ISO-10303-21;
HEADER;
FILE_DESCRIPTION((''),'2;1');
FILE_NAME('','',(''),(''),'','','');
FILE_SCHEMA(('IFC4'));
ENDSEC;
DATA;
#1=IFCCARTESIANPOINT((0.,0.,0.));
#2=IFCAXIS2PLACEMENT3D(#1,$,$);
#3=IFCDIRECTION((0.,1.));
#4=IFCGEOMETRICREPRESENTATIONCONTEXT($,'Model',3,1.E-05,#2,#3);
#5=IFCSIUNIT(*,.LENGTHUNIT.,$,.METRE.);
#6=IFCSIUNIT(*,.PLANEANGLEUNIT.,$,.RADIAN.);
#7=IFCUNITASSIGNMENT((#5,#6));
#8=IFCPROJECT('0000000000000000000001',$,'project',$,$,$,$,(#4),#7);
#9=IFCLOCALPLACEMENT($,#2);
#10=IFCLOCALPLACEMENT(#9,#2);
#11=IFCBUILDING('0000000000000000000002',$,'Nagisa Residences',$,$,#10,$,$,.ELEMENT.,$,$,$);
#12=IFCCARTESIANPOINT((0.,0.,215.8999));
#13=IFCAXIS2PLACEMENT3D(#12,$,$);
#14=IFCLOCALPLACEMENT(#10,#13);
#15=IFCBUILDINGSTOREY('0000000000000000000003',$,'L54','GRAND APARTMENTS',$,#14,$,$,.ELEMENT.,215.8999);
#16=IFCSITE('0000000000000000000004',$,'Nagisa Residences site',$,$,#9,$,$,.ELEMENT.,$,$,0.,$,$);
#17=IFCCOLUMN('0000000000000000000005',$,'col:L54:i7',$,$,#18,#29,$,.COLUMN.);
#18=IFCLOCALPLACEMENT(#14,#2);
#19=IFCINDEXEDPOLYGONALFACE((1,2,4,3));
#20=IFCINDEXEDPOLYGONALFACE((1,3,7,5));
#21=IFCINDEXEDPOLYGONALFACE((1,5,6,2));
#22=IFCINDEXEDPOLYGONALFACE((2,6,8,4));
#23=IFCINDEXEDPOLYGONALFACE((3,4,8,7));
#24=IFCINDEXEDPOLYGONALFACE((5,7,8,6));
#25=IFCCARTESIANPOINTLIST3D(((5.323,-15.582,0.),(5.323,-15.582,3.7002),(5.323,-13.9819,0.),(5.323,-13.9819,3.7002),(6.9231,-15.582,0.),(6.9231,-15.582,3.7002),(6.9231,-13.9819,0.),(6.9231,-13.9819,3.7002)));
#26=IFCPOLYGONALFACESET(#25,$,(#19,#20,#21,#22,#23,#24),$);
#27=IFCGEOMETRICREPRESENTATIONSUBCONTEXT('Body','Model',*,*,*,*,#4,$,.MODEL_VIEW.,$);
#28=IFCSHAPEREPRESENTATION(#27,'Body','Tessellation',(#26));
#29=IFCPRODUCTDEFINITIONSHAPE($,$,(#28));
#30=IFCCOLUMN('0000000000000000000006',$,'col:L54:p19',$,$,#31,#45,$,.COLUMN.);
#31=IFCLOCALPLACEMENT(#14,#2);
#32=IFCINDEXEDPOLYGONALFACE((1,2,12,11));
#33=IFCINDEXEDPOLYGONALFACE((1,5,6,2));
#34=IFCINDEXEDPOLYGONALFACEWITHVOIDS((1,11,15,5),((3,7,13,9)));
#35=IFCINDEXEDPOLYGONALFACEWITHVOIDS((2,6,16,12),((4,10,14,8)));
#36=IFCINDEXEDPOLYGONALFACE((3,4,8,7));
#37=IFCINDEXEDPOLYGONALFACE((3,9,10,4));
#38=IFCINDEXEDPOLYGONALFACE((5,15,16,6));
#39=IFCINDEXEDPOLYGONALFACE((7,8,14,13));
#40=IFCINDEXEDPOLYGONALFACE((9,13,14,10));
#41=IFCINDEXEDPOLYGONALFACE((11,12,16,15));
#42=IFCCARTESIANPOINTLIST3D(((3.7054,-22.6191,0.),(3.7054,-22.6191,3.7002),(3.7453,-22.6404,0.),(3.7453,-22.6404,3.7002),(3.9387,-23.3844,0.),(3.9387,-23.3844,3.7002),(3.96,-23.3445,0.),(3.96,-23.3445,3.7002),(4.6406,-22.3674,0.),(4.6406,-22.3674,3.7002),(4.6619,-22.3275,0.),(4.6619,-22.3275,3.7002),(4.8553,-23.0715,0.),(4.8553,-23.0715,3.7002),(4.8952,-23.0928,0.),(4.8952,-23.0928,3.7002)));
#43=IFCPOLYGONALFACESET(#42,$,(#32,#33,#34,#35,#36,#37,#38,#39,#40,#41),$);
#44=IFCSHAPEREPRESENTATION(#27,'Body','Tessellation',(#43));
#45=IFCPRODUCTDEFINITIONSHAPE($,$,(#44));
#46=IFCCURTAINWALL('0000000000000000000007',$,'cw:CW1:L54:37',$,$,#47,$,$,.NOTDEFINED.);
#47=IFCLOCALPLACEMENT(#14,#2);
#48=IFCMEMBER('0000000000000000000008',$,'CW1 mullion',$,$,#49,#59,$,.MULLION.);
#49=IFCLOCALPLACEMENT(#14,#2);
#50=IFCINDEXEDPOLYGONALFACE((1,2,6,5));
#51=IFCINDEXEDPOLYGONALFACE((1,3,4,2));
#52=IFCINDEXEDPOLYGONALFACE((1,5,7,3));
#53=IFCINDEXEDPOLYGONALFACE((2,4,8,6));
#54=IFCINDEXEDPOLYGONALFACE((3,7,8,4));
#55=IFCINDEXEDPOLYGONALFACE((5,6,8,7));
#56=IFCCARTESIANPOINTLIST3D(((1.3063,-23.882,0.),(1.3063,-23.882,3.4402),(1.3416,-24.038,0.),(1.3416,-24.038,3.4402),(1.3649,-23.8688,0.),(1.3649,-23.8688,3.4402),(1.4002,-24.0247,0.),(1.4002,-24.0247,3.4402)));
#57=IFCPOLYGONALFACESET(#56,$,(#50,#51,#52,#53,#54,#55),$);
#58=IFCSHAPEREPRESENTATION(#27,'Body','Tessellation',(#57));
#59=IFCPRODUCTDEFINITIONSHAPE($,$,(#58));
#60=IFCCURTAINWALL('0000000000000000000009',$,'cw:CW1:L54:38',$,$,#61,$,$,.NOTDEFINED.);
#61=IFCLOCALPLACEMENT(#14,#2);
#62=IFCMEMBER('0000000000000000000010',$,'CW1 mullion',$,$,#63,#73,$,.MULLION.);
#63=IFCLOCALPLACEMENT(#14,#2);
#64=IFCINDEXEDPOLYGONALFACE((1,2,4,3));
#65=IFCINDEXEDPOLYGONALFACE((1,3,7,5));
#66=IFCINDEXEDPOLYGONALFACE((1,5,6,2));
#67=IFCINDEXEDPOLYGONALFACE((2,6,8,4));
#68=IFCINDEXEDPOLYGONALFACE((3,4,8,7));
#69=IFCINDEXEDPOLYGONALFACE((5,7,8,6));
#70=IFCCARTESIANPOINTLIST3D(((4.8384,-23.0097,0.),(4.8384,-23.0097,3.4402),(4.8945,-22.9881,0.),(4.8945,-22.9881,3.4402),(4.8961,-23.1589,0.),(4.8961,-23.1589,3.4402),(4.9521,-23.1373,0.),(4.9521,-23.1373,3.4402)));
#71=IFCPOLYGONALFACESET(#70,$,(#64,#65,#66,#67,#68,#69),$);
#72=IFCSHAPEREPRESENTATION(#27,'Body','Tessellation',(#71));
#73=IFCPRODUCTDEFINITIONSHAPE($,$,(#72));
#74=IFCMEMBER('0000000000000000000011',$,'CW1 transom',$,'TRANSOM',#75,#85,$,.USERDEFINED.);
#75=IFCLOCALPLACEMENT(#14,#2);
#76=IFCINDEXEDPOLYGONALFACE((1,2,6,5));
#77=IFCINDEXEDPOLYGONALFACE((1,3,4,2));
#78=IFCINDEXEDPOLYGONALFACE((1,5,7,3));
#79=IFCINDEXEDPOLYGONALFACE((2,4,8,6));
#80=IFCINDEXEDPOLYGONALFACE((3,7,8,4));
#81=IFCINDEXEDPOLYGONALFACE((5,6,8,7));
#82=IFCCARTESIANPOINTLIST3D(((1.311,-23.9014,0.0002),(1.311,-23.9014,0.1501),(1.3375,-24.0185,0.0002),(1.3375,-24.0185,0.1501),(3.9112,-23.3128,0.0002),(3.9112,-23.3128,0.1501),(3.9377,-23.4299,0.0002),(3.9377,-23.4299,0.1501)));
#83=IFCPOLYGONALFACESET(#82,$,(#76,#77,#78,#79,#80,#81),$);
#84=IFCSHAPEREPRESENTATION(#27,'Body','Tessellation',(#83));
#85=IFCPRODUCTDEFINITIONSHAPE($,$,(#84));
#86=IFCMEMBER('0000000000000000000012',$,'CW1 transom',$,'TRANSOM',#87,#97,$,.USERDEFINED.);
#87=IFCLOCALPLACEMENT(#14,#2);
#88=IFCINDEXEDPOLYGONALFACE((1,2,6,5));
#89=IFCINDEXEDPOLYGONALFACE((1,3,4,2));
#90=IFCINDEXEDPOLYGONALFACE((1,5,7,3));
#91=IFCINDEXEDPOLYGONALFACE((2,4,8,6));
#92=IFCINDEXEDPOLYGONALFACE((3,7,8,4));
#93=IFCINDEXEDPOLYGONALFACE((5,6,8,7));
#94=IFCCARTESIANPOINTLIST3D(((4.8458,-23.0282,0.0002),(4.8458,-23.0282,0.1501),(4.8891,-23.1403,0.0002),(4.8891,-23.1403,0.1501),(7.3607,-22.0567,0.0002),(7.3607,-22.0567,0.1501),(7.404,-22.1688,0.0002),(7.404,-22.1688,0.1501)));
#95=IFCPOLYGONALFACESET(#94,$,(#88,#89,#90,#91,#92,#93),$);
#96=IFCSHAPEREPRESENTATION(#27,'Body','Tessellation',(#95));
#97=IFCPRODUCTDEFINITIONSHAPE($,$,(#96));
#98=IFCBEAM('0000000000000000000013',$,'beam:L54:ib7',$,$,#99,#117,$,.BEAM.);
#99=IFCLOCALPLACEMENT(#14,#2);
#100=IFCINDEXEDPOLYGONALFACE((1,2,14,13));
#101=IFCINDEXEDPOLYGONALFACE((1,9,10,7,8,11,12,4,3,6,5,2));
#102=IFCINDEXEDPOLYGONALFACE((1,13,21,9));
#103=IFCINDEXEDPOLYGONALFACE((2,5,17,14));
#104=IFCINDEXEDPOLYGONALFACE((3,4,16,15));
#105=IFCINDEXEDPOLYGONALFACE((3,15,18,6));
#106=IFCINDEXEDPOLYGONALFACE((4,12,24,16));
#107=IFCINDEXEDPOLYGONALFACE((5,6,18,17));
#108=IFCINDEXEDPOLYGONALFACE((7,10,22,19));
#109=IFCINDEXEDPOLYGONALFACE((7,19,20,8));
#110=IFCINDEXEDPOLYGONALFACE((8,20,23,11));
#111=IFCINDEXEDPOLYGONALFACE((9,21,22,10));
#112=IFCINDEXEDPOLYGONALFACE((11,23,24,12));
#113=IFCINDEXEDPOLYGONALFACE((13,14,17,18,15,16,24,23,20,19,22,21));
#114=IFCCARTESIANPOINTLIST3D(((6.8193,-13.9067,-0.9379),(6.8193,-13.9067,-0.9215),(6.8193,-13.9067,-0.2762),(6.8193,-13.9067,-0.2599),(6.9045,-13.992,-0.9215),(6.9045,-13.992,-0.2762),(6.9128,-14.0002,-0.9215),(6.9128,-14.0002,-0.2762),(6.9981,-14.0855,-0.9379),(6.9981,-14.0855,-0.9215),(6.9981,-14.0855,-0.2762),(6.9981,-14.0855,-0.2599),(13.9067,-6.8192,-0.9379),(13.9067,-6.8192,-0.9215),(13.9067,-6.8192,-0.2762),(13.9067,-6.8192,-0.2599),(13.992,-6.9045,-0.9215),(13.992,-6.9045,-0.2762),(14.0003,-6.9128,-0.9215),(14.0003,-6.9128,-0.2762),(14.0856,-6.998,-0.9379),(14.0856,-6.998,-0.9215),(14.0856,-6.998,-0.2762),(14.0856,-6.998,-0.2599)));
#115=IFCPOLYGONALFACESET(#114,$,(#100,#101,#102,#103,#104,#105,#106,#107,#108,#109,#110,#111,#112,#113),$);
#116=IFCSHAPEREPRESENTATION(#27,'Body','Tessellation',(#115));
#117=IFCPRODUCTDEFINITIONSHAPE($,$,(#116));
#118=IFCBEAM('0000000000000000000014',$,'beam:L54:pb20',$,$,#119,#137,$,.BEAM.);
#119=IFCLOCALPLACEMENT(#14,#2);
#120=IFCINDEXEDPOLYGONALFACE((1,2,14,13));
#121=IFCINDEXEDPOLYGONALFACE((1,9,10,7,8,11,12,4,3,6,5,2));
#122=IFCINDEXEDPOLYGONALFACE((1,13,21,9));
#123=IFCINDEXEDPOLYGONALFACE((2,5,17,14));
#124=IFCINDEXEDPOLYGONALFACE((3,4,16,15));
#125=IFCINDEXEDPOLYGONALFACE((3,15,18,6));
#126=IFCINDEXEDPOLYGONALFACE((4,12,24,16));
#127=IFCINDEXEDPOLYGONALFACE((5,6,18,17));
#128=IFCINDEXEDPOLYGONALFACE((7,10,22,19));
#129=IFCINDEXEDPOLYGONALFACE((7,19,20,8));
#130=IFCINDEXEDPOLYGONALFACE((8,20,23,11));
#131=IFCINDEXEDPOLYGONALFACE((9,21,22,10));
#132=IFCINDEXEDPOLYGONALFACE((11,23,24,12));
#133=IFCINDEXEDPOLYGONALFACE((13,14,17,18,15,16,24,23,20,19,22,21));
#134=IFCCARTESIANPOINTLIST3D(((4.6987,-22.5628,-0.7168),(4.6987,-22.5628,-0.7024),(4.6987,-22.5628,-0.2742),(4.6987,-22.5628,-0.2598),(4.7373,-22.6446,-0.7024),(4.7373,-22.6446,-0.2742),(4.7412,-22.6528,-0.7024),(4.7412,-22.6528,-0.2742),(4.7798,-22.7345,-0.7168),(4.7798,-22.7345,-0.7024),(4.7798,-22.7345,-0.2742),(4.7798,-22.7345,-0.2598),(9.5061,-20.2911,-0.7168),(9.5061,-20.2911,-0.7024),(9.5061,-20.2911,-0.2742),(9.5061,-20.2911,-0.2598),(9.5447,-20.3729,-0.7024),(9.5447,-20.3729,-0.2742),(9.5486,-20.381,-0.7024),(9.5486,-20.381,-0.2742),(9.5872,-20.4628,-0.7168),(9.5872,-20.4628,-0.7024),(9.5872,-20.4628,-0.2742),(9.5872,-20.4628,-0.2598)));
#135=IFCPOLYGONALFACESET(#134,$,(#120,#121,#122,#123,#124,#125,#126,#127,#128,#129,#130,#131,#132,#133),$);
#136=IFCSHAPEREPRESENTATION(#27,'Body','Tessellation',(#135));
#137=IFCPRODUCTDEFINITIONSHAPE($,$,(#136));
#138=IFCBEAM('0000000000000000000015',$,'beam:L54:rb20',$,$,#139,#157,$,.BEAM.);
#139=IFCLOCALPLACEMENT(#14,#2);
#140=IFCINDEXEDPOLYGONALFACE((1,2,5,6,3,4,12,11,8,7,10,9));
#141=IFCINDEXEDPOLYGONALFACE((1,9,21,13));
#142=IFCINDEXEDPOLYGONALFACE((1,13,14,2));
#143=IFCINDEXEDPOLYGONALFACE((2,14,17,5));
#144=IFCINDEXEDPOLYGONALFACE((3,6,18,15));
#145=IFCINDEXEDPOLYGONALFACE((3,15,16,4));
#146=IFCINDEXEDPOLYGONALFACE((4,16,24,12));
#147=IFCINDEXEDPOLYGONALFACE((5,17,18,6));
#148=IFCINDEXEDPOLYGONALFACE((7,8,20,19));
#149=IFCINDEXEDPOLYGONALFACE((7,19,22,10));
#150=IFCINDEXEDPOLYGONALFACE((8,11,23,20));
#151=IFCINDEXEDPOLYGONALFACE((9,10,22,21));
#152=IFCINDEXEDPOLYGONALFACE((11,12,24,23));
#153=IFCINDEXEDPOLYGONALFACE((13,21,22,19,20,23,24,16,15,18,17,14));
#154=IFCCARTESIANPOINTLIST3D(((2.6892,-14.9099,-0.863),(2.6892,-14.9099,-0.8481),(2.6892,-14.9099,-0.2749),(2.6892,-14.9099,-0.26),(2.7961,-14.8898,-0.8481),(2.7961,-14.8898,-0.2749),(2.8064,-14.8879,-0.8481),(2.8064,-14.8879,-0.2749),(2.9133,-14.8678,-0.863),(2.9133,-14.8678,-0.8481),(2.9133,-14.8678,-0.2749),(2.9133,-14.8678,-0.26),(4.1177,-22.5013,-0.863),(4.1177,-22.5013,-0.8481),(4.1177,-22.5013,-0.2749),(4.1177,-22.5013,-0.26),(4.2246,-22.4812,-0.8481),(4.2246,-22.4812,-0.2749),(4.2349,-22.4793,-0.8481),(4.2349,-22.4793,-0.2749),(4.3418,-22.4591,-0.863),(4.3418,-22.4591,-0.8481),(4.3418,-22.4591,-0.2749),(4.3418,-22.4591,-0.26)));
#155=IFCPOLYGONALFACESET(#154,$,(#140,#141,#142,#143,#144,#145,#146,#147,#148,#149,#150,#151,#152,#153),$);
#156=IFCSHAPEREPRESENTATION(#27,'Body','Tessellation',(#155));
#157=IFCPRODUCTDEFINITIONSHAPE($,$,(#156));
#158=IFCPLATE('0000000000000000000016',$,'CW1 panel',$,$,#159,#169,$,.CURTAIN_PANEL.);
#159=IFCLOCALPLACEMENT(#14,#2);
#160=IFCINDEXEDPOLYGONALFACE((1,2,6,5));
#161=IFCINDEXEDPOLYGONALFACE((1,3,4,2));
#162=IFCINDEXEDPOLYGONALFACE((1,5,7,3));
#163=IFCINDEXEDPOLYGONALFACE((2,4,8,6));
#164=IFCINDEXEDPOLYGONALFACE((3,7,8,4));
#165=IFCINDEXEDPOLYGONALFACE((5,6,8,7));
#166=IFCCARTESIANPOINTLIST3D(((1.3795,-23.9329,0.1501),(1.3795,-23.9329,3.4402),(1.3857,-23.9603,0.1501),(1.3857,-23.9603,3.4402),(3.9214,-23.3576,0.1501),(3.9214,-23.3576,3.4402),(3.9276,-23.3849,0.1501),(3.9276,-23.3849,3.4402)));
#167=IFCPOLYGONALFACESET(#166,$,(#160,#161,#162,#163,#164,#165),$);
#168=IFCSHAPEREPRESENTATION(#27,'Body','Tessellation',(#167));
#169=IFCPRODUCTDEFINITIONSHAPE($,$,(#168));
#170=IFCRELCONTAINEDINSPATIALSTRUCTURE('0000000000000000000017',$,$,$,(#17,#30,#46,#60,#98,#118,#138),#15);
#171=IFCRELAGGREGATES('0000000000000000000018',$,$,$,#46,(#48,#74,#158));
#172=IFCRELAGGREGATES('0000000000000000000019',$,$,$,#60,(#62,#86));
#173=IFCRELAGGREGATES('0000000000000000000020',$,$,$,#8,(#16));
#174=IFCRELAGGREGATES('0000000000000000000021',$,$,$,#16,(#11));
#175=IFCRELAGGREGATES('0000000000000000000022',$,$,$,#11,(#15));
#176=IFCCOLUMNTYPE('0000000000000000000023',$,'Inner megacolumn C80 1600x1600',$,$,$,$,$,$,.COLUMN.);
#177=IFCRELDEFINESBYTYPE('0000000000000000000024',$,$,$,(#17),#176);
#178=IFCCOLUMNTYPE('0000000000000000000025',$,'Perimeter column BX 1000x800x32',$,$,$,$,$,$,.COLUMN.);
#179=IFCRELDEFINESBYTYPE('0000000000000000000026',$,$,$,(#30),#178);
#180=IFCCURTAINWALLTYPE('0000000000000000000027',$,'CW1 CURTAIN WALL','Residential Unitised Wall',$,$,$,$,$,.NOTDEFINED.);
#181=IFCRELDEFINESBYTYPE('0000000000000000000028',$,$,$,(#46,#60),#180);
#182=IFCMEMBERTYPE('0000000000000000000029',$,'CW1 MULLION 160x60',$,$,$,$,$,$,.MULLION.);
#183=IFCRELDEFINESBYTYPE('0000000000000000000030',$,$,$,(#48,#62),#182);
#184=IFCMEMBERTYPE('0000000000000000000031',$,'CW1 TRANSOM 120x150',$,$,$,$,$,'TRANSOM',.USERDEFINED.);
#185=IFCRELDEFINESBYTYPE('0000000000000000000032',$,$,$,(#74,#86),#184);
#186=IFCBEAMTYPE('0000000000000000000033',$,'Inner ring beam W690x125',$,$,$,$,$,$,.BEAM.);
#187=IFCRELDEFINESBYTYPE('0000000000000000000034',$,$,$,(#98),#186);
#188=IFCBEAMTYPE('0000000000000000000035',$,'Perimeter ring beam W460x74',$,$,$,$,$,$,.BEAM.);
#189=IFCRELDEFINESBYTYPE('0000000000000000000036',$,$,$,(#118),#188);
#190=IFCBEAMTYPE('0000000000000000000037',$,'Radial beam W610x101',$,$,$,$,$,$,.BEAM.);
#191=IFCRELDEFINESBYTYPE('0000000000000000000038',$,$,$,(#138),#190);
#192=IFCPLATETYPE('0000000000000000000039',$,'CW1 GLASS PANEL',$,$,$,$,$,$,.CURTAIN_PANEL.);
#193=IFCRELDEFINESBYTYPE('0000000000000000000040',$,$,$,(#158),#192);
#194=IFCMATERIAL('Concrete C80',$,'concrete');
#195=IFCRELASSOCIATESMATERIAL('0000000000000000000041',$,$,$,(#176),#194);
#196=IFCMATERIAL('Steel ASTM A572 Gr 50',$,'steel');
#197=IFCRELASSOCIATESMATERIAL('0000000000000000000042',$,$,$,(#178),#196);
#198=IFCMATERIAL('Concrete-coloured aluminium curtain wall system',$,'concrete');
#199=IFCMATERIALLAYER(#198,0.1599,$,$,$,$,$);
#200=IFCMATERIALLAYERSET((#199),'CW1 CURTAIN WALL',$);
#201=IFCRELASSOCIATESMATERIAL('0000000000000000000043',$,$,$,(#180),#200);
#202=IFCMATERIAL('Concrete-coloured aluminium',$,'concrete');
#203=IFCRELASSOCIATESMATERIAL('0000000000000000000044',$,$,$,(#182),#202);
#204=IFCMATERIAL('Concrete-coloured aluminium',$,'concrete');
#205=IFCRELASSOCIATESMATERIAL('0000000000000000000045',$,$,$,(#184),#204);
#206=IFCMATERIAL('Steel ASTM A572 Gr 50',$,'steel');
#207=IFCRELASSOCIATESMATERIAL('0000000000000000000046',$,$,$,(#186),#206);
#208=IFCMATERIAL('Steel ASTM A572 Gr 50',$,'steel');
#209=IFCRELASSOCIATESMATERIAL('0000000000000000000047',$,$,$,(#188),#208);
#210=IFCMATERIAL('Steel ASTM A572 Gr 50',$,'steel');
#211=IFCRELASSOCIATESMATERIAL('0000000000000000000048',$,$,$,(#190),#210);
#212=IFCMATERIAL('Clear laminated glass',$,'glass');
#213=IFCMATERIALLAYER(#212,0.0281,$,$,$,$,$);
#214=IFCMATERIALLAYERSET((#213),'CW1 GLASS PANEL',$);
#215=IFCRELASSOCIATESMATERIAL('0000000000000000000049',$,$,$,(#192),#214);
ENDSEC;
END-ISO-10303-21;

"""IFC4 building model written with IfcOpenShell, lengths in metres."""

from ifc_helpers import new_model, si_unit, direction, frame, origin, origin_2d, place, context, subcontext, project, spatial, rectangle, hollow_rectangle, i_section, extrude, material, layer, layer_set, material_profile, profile_set, type_object, element, aggregate, save


model = new_model("IFC4")

# Units and contexts
model_context = context("Model", 3, precision=1e-05, world=origin(), true_north=direction((0.0, 1.0)))
body_context = subcontext(model_context, "Body", "Model", "MODEL_VIEW")
ifc_project = project(units=[si_unit("LENGTHUNIT", "METRE"), si_unit("PLANEANGLEUNIT", "RADIAN")], contexts=[model_context])

# Site, building, storey
site_placement = place(None, origin())
site = spatial("IfcSite", under=ifc_project, at=site_placement, Name="Nagisa Residences site", CompositionType="ELEMENT", RefElevation=0.0)
building_placement = place(site_placement, origin())
building = spatial("IfcBuilding", under=site, at=building_placement, Name="Nagisa Residences", CompositionType="ELEMENT")
storey_placement = place(building_placement, frame((0.0, 0.0, 215.8999)))
storey = spatial("IfcBuildingStorey", under=building, at=storey_placement, Name="L54", Description="GRAND APARTMENTS", CompositionType="ELEMENT", Elevation=215.8999)

# Columns
ifc_material_1 = material(Name="Concrete C80", Category="concrete")
ifc_material_profile_1 = material_profile(ifc_material_1, rectangle(XDim=1.6001, YDim=1.6001, at=origin_2d()), Name="C80 1600x1600")
ifc_profile_set_1 = profile_set([ifc_material_profile_1], Name="Concrete C80")
column_type_1 = type_object("IfcColumnType", Name="Inner megacolumn C80 1600x1600", PredefinedType="COLUMN", material=ifc_profile_set_1)
column_1_placement = place(storey_placement, frame((6.123, -14.782, 0.0), z_axis=(0.0, 0.0, 1.0), x_axis=(1.0, 0.0, 0.0)))
element("IfcColumn", 1, at=column_1_placement, inside=storey, type_object=column_type_1, Name="col:L54:i7", PredefinedType="COLUMN", context=body_context, shape_type="SweptSolid", body=[
    extrude(rectangle(XDim=1.6001, YDim=1.6001, at=origin_2d()), origin(), (0.0, 0.0, 1.0), 3.7002),
])
ifc_material_2 = material(Name="Steel ASTM A572 Gr 50", Category="steel")
ifc_material_profile_2 = material_profile(ifc_material_2, hollow_rectangle(XDim=1.0, YDim=0.8, WallThickness=0.032, at=origin_2d()), Name="BX 1000x800x32")
ifc_profile_set_2 = profile_set([ifc_material_profile_2], Name="Steel ASTM A572 Gr 50")
column_type_2 = type_object("IfcColumnType", Name="Perimeter column BX 1000x800x32", PredefinedType="COLUMN", material=ifc_profile_set_2)
column_2_placement = place(storey_placement, frame((4.3003, -22.856, 0.0), z_axis=(0.0, 0.0, 1.0), x_axis=(0.956525, 0.291652, 0.0)))
element("IfcColumn", 2, at=column_2_placement, inside=storey, type_object=column_type_2, Name="col:L54:p19", PredefinedType="COLUMN", context=body_context, shape_type="SweptSolid", body=[
    extrude(hollow_rectangle(XDim=1.0, YDim=0.8, WallThickness=0.032, at=origin_2d()), origin(), (0.0, 0.0, 1.0), 3.7002),
])

# Curtain walls, members
ifc_material_3 = material(Name="Concrete-coloured aluminium curtain wall system", Category="concrete")
ifc_layer_1 = layer(ifc_material_3, 0.1599)
ifc_layer_set_1 = layer_set([ifc_layer_1], Name="CW1 CURTAIN WALL")
curtain_wall_type = type_object("IfcCurtainWallType", Name="CW1 CURTAIN WALL", Description="Residential Unitised Wall", PredefinedType="NOTDEFINED", material=ifc_layer_set_1)
curtain_wall_1_placement = place(storey_placement, origin())
curtain_wall_1 = element("IfcCurtainWall", 3, at=curtain_wall_1_placement, inside=storey, type_object=curtain_wall_type, Name="cw:CW1:L54:37", PredefinedType="NOTDEFINED")
ifc_material_4 = material(Name="Concrete-coloured aluminium", Category="concrete")
ifc_material_profile_3 = material_profile(ifc_material_4, rectangle(XDim=0.1599, YDim=0.0601, at=origin_2d()), Name="CW1 MULLION 160x60")
ifc_profile_set_3 = profile_set([ifc_material_profile_3], Name="Concrete-coloured aluminium")
member_type_1 = type_object("IfcMemberType", Name="CW1 MULLION 160x60", PredefinedType="MULLION", material=ifc_profile_set_3)
member_1_placement = place(storey_placement, frame((1.3533, -23.9534, 0.0), z_axis=(0.0, 0.0, 1.0), x_axis=(-0.220764, 0.975327, 0.0)))
member_1 = element("IfcMember", 4, at=member_1_placement, type_object=member_type_1, Name="CW1 mullion", PredefinedType="MULLION", context=body_context, shape_type="SweptSolid", body=[
    extrude(rectangle(XDim=0.1599, YDim=0.0601, at=origin_2d()), origin(), (0.0, 0.0, 1.0), 3.4402),
])
curtain_wall_2_placement = place(storey_placement, origin())
curtain_wall_2 = element("IfcCurtainWall", 5, at=curtain_wall_2_placement, inside=storey, type_object=curtain_wall_type, Name="cw:CW1:L54:38", PredefinedType="NOTDEFINED")
member_2_placement = place(storey_placement, frame((4.8953, -23.0735, 0.0), z_axis=(0.0, 0.0, 1.0), x_axis=(-0.360328, 0.932826, 0.0)))
member_2 = element("IfcMember", 6, at=member_2_placement, type_object=member_type_1, Name="CW1 mullion", PredefinedType="MULLION", context=body_context, shape_type="SweptSolid", body=[
    extrude(rectangle(XDim=0.1599, YDim=0.0601, at=origin_2d()), origin(), (0.0, 0.0, 1.0), 3.4402),
])

# Members
ifc_material_5 = material(Name="Concrete-coloured aluminium", Category="concrete")
ifc_material_profile_4 = material_profile(ifc_material_5, rectangle(XDim=0.1201, YDim=0.1499, at=origin_2d()), Name="CW1 TRANSOM 120x150")
ifc_profile_set_4 = profile_set([ifc_material_profile_4], Name="Concrete-coloured aluminium")
member_type_2 = type_object("IfcMemberType", Name="CW1 TRANSOM 120x150", ElementType="TRANSOM", PredefinedType="USERDEFINED", material=ifc_profile_set_4)
member_3_placement = place(storey_placement, frame((1.3242, -23.96, 0.0752), z_axis=(0.975324, 0.220778, 0.0), x_axis=(-0.220778, 0.975324, 0.0)))
member_3 = element("IfcMember", 7, at=member_3_placement, type_object=member_type_2, Name="CW1 transom", ObjectType="TRANSOM", PredefinedType="USERDEFINED", context=body_context, shape_type="SweptSolid", body=[
    extrude(rectangle(XDim=0.1201, YDim=0.1499, at=origin_2d()), origin(), (0.0, 0.0, 1.0), 2.666),
])
member_4_placement = place(storey_placement, frame((4.8674, -23.0842, 0.0752), z_axis=(0.932826, 0.360326, 0.0), x_axis=(-0.360326, 0.932826, 0.0)))
member_4 = element("IfcMember", 8, at=member_4_placement, type_object=member_type_2, Name="CW1 transom", ObjectType="TRANSOM", PredefinedType="USERDEFINED", context=body_context, shape_type="SweptSolid", body=[
    extrude(rectangle(XDim=0.1201, YDim=0.1499, at=origin_2d()), origin(), (0.0, 0.0, 1.0), 2.696),
])

# Beams
ifc_material_6 = material(Name="Steel ASTM A572 Gr 50", Category="steel")
ifc_material_profile_5 = material_profile(ifc_material_6, i_section(OverallWidth=0.2529, OverallDepth=0.678, WebThickness=0.0117, FlangeThickness=0.0164, at=origin_2d()), Name="W690x125")
ifc_profile_set_5 = profile_set([ifc_material_profile_5], Name="Steel ASTM A572 Gr 50")
beam_type_1 = type_object("IfcBeamType", Name="Inner ring beam W690x125", PredefinedType="BEAM", material=ifc_profile_set_5)
beam_1_placement = place(storey_placement, frame((6.9087, -13.9961, -0.5989), z_axis=(0.707107, 0.707107, 0.0), x_axis=(-0.707107, 0.707107, 0.0)))
element("IfcBeam", 9, at=beam_1_placement, inside=storey, type_object=beam_type_1, Name="beam:L54:ib7", PredefinedType="BEAM", context=body_context, shape_type="SweptSolid", body=[
    extrude(i_section(OverallWidth=0.2529, OverallDepth=0.678, WebThickness=0.0117, FlangeThickness=0.0164, at=origin_2d()), origin(), (0.0, 0.0, 1.0), 10.0232),
])
ifc_material_7 = material(Name="Steel ASTM A572 Gr 50", Category="steel")
ifc_material_profile_6 = material_profile(ifc_material_7, i_section(OverallWidth=0.1899, OverallDepth=0.457, WebThickness=0.009, FlangeThickness=0.0144, at=origin_2d()), Name="W460x74")
ifc_profile_set_6 = profile_set([ifc_material_profile_6], Name="Steel ASTM A572 Gr 50")
beam_type_2 = type_object("IfcBeamType", Name="Perimeter ring beam W460x74", PredefinedType="BEAM", material=ifc_profile_set_6)
beam_2_placement = place(storey_placement, frame((4.7393, -22.6487, -0.4883), z_axis=(0.904134, 0.427249, 0.0), x_axis=(-0.427249, 0.904134, 0.0)))
element("IfcBeam", 10, at=beam_2_placement, inside=storey, type_object=beam_type_2, Name="beam:L54:pb20", PredefinedType="BEAM", context=body_context, shape_type="SweptSolid", body=[
    extrude(i_section(OverallWidth=0.1899, OverallDepth=0.457, WebThickness=0.009, FlangeThickness=0.0144, at=origin_2d()), origin(), (0.0, 0.0, 1.0), 5.3171),
])
ifc_material_8 = material(Name="Steel ASTM A572 Gr 50", Category="steel")
ifc_material_profile_7 = material_profile(ifc_material_8, i_section(OverallWidth=0.228, OverallDepth=0.603, WebThickness=0.0105, FlangeThickness=0.0149, at=origin_2d()), Name="W610x101")
ifc_profile_set_7 = profile_set([ifc_material_profile_7], Name="Steel ASTM A572 Gr 50")
beam_type_3 = type_object("IfcBeamType", Name="Radial beam W610x101", PredefinedType="BEAM", material=ifc_profile_set_7)
beam_3_placement = place(storey_placement, frame((4.2297, -22.4802, -0.5615), z_axis=(-0.184926, 0.982752, 0.0), x_axis=(-0.982752, -0.184926, 0.0)))
element("IfcBeam", 11, at=beam_3_placement, inside=storey, type_object=beam_type_3, Name="beam:L54:rb20", PredefinedType="BEAM", context=body_context, shape_type="SweptSolid", body=[
    extrude(i_section(OverallWidth=0.228, OverallDepth=0.603, WebThickness=0.0105, FlangeThickness=0.0149, at=origin_2d()), origin(), (0.0, 0.0, 1.0), 7.7246),
])

# Plate
ifc_material_9 = material(Name="Clear laminated glass", Category="glass")
ifc_layer_2 = layer(ifc_material_9, 0.0281)
ifc_layer_set_2 = layer_set([ifc_layer_2], Name="CW1 GLASS PANEL")
plate_type = type_object("IfcPlateType", Name="CW1 GLASS PANEL", PredefinedType="CURTAIN_PANEL", material=ifc_layer_set_2)
plate_1_placement = place(storey_placement, frame((2.6536, -23.6589, 0.1501), z_axis=(0.0, 0.0, 1.0), x_axis=(0.975327, 0.220764, 0.0)))
plate_1 = element("IfcPlate", 12, at=plate_1_placement, type_object=plate_type, Name="CW1 panel", PredefinedType="CURTAIN_PANEL", context=body_context, shape_type="SweptSolid", body=[
    extrude(rectangle(XDim=2.6062, YDim=0.0281, at=origin_2d()), origin(), (0.0, 0.0, 1.0), 3.29),
])
aggregate(curtain_wall_1, [member_1, member_3, plate_1])
aggregate(curtain_wall_2, [member_2, member_4])

save(model, "model.ifc")
